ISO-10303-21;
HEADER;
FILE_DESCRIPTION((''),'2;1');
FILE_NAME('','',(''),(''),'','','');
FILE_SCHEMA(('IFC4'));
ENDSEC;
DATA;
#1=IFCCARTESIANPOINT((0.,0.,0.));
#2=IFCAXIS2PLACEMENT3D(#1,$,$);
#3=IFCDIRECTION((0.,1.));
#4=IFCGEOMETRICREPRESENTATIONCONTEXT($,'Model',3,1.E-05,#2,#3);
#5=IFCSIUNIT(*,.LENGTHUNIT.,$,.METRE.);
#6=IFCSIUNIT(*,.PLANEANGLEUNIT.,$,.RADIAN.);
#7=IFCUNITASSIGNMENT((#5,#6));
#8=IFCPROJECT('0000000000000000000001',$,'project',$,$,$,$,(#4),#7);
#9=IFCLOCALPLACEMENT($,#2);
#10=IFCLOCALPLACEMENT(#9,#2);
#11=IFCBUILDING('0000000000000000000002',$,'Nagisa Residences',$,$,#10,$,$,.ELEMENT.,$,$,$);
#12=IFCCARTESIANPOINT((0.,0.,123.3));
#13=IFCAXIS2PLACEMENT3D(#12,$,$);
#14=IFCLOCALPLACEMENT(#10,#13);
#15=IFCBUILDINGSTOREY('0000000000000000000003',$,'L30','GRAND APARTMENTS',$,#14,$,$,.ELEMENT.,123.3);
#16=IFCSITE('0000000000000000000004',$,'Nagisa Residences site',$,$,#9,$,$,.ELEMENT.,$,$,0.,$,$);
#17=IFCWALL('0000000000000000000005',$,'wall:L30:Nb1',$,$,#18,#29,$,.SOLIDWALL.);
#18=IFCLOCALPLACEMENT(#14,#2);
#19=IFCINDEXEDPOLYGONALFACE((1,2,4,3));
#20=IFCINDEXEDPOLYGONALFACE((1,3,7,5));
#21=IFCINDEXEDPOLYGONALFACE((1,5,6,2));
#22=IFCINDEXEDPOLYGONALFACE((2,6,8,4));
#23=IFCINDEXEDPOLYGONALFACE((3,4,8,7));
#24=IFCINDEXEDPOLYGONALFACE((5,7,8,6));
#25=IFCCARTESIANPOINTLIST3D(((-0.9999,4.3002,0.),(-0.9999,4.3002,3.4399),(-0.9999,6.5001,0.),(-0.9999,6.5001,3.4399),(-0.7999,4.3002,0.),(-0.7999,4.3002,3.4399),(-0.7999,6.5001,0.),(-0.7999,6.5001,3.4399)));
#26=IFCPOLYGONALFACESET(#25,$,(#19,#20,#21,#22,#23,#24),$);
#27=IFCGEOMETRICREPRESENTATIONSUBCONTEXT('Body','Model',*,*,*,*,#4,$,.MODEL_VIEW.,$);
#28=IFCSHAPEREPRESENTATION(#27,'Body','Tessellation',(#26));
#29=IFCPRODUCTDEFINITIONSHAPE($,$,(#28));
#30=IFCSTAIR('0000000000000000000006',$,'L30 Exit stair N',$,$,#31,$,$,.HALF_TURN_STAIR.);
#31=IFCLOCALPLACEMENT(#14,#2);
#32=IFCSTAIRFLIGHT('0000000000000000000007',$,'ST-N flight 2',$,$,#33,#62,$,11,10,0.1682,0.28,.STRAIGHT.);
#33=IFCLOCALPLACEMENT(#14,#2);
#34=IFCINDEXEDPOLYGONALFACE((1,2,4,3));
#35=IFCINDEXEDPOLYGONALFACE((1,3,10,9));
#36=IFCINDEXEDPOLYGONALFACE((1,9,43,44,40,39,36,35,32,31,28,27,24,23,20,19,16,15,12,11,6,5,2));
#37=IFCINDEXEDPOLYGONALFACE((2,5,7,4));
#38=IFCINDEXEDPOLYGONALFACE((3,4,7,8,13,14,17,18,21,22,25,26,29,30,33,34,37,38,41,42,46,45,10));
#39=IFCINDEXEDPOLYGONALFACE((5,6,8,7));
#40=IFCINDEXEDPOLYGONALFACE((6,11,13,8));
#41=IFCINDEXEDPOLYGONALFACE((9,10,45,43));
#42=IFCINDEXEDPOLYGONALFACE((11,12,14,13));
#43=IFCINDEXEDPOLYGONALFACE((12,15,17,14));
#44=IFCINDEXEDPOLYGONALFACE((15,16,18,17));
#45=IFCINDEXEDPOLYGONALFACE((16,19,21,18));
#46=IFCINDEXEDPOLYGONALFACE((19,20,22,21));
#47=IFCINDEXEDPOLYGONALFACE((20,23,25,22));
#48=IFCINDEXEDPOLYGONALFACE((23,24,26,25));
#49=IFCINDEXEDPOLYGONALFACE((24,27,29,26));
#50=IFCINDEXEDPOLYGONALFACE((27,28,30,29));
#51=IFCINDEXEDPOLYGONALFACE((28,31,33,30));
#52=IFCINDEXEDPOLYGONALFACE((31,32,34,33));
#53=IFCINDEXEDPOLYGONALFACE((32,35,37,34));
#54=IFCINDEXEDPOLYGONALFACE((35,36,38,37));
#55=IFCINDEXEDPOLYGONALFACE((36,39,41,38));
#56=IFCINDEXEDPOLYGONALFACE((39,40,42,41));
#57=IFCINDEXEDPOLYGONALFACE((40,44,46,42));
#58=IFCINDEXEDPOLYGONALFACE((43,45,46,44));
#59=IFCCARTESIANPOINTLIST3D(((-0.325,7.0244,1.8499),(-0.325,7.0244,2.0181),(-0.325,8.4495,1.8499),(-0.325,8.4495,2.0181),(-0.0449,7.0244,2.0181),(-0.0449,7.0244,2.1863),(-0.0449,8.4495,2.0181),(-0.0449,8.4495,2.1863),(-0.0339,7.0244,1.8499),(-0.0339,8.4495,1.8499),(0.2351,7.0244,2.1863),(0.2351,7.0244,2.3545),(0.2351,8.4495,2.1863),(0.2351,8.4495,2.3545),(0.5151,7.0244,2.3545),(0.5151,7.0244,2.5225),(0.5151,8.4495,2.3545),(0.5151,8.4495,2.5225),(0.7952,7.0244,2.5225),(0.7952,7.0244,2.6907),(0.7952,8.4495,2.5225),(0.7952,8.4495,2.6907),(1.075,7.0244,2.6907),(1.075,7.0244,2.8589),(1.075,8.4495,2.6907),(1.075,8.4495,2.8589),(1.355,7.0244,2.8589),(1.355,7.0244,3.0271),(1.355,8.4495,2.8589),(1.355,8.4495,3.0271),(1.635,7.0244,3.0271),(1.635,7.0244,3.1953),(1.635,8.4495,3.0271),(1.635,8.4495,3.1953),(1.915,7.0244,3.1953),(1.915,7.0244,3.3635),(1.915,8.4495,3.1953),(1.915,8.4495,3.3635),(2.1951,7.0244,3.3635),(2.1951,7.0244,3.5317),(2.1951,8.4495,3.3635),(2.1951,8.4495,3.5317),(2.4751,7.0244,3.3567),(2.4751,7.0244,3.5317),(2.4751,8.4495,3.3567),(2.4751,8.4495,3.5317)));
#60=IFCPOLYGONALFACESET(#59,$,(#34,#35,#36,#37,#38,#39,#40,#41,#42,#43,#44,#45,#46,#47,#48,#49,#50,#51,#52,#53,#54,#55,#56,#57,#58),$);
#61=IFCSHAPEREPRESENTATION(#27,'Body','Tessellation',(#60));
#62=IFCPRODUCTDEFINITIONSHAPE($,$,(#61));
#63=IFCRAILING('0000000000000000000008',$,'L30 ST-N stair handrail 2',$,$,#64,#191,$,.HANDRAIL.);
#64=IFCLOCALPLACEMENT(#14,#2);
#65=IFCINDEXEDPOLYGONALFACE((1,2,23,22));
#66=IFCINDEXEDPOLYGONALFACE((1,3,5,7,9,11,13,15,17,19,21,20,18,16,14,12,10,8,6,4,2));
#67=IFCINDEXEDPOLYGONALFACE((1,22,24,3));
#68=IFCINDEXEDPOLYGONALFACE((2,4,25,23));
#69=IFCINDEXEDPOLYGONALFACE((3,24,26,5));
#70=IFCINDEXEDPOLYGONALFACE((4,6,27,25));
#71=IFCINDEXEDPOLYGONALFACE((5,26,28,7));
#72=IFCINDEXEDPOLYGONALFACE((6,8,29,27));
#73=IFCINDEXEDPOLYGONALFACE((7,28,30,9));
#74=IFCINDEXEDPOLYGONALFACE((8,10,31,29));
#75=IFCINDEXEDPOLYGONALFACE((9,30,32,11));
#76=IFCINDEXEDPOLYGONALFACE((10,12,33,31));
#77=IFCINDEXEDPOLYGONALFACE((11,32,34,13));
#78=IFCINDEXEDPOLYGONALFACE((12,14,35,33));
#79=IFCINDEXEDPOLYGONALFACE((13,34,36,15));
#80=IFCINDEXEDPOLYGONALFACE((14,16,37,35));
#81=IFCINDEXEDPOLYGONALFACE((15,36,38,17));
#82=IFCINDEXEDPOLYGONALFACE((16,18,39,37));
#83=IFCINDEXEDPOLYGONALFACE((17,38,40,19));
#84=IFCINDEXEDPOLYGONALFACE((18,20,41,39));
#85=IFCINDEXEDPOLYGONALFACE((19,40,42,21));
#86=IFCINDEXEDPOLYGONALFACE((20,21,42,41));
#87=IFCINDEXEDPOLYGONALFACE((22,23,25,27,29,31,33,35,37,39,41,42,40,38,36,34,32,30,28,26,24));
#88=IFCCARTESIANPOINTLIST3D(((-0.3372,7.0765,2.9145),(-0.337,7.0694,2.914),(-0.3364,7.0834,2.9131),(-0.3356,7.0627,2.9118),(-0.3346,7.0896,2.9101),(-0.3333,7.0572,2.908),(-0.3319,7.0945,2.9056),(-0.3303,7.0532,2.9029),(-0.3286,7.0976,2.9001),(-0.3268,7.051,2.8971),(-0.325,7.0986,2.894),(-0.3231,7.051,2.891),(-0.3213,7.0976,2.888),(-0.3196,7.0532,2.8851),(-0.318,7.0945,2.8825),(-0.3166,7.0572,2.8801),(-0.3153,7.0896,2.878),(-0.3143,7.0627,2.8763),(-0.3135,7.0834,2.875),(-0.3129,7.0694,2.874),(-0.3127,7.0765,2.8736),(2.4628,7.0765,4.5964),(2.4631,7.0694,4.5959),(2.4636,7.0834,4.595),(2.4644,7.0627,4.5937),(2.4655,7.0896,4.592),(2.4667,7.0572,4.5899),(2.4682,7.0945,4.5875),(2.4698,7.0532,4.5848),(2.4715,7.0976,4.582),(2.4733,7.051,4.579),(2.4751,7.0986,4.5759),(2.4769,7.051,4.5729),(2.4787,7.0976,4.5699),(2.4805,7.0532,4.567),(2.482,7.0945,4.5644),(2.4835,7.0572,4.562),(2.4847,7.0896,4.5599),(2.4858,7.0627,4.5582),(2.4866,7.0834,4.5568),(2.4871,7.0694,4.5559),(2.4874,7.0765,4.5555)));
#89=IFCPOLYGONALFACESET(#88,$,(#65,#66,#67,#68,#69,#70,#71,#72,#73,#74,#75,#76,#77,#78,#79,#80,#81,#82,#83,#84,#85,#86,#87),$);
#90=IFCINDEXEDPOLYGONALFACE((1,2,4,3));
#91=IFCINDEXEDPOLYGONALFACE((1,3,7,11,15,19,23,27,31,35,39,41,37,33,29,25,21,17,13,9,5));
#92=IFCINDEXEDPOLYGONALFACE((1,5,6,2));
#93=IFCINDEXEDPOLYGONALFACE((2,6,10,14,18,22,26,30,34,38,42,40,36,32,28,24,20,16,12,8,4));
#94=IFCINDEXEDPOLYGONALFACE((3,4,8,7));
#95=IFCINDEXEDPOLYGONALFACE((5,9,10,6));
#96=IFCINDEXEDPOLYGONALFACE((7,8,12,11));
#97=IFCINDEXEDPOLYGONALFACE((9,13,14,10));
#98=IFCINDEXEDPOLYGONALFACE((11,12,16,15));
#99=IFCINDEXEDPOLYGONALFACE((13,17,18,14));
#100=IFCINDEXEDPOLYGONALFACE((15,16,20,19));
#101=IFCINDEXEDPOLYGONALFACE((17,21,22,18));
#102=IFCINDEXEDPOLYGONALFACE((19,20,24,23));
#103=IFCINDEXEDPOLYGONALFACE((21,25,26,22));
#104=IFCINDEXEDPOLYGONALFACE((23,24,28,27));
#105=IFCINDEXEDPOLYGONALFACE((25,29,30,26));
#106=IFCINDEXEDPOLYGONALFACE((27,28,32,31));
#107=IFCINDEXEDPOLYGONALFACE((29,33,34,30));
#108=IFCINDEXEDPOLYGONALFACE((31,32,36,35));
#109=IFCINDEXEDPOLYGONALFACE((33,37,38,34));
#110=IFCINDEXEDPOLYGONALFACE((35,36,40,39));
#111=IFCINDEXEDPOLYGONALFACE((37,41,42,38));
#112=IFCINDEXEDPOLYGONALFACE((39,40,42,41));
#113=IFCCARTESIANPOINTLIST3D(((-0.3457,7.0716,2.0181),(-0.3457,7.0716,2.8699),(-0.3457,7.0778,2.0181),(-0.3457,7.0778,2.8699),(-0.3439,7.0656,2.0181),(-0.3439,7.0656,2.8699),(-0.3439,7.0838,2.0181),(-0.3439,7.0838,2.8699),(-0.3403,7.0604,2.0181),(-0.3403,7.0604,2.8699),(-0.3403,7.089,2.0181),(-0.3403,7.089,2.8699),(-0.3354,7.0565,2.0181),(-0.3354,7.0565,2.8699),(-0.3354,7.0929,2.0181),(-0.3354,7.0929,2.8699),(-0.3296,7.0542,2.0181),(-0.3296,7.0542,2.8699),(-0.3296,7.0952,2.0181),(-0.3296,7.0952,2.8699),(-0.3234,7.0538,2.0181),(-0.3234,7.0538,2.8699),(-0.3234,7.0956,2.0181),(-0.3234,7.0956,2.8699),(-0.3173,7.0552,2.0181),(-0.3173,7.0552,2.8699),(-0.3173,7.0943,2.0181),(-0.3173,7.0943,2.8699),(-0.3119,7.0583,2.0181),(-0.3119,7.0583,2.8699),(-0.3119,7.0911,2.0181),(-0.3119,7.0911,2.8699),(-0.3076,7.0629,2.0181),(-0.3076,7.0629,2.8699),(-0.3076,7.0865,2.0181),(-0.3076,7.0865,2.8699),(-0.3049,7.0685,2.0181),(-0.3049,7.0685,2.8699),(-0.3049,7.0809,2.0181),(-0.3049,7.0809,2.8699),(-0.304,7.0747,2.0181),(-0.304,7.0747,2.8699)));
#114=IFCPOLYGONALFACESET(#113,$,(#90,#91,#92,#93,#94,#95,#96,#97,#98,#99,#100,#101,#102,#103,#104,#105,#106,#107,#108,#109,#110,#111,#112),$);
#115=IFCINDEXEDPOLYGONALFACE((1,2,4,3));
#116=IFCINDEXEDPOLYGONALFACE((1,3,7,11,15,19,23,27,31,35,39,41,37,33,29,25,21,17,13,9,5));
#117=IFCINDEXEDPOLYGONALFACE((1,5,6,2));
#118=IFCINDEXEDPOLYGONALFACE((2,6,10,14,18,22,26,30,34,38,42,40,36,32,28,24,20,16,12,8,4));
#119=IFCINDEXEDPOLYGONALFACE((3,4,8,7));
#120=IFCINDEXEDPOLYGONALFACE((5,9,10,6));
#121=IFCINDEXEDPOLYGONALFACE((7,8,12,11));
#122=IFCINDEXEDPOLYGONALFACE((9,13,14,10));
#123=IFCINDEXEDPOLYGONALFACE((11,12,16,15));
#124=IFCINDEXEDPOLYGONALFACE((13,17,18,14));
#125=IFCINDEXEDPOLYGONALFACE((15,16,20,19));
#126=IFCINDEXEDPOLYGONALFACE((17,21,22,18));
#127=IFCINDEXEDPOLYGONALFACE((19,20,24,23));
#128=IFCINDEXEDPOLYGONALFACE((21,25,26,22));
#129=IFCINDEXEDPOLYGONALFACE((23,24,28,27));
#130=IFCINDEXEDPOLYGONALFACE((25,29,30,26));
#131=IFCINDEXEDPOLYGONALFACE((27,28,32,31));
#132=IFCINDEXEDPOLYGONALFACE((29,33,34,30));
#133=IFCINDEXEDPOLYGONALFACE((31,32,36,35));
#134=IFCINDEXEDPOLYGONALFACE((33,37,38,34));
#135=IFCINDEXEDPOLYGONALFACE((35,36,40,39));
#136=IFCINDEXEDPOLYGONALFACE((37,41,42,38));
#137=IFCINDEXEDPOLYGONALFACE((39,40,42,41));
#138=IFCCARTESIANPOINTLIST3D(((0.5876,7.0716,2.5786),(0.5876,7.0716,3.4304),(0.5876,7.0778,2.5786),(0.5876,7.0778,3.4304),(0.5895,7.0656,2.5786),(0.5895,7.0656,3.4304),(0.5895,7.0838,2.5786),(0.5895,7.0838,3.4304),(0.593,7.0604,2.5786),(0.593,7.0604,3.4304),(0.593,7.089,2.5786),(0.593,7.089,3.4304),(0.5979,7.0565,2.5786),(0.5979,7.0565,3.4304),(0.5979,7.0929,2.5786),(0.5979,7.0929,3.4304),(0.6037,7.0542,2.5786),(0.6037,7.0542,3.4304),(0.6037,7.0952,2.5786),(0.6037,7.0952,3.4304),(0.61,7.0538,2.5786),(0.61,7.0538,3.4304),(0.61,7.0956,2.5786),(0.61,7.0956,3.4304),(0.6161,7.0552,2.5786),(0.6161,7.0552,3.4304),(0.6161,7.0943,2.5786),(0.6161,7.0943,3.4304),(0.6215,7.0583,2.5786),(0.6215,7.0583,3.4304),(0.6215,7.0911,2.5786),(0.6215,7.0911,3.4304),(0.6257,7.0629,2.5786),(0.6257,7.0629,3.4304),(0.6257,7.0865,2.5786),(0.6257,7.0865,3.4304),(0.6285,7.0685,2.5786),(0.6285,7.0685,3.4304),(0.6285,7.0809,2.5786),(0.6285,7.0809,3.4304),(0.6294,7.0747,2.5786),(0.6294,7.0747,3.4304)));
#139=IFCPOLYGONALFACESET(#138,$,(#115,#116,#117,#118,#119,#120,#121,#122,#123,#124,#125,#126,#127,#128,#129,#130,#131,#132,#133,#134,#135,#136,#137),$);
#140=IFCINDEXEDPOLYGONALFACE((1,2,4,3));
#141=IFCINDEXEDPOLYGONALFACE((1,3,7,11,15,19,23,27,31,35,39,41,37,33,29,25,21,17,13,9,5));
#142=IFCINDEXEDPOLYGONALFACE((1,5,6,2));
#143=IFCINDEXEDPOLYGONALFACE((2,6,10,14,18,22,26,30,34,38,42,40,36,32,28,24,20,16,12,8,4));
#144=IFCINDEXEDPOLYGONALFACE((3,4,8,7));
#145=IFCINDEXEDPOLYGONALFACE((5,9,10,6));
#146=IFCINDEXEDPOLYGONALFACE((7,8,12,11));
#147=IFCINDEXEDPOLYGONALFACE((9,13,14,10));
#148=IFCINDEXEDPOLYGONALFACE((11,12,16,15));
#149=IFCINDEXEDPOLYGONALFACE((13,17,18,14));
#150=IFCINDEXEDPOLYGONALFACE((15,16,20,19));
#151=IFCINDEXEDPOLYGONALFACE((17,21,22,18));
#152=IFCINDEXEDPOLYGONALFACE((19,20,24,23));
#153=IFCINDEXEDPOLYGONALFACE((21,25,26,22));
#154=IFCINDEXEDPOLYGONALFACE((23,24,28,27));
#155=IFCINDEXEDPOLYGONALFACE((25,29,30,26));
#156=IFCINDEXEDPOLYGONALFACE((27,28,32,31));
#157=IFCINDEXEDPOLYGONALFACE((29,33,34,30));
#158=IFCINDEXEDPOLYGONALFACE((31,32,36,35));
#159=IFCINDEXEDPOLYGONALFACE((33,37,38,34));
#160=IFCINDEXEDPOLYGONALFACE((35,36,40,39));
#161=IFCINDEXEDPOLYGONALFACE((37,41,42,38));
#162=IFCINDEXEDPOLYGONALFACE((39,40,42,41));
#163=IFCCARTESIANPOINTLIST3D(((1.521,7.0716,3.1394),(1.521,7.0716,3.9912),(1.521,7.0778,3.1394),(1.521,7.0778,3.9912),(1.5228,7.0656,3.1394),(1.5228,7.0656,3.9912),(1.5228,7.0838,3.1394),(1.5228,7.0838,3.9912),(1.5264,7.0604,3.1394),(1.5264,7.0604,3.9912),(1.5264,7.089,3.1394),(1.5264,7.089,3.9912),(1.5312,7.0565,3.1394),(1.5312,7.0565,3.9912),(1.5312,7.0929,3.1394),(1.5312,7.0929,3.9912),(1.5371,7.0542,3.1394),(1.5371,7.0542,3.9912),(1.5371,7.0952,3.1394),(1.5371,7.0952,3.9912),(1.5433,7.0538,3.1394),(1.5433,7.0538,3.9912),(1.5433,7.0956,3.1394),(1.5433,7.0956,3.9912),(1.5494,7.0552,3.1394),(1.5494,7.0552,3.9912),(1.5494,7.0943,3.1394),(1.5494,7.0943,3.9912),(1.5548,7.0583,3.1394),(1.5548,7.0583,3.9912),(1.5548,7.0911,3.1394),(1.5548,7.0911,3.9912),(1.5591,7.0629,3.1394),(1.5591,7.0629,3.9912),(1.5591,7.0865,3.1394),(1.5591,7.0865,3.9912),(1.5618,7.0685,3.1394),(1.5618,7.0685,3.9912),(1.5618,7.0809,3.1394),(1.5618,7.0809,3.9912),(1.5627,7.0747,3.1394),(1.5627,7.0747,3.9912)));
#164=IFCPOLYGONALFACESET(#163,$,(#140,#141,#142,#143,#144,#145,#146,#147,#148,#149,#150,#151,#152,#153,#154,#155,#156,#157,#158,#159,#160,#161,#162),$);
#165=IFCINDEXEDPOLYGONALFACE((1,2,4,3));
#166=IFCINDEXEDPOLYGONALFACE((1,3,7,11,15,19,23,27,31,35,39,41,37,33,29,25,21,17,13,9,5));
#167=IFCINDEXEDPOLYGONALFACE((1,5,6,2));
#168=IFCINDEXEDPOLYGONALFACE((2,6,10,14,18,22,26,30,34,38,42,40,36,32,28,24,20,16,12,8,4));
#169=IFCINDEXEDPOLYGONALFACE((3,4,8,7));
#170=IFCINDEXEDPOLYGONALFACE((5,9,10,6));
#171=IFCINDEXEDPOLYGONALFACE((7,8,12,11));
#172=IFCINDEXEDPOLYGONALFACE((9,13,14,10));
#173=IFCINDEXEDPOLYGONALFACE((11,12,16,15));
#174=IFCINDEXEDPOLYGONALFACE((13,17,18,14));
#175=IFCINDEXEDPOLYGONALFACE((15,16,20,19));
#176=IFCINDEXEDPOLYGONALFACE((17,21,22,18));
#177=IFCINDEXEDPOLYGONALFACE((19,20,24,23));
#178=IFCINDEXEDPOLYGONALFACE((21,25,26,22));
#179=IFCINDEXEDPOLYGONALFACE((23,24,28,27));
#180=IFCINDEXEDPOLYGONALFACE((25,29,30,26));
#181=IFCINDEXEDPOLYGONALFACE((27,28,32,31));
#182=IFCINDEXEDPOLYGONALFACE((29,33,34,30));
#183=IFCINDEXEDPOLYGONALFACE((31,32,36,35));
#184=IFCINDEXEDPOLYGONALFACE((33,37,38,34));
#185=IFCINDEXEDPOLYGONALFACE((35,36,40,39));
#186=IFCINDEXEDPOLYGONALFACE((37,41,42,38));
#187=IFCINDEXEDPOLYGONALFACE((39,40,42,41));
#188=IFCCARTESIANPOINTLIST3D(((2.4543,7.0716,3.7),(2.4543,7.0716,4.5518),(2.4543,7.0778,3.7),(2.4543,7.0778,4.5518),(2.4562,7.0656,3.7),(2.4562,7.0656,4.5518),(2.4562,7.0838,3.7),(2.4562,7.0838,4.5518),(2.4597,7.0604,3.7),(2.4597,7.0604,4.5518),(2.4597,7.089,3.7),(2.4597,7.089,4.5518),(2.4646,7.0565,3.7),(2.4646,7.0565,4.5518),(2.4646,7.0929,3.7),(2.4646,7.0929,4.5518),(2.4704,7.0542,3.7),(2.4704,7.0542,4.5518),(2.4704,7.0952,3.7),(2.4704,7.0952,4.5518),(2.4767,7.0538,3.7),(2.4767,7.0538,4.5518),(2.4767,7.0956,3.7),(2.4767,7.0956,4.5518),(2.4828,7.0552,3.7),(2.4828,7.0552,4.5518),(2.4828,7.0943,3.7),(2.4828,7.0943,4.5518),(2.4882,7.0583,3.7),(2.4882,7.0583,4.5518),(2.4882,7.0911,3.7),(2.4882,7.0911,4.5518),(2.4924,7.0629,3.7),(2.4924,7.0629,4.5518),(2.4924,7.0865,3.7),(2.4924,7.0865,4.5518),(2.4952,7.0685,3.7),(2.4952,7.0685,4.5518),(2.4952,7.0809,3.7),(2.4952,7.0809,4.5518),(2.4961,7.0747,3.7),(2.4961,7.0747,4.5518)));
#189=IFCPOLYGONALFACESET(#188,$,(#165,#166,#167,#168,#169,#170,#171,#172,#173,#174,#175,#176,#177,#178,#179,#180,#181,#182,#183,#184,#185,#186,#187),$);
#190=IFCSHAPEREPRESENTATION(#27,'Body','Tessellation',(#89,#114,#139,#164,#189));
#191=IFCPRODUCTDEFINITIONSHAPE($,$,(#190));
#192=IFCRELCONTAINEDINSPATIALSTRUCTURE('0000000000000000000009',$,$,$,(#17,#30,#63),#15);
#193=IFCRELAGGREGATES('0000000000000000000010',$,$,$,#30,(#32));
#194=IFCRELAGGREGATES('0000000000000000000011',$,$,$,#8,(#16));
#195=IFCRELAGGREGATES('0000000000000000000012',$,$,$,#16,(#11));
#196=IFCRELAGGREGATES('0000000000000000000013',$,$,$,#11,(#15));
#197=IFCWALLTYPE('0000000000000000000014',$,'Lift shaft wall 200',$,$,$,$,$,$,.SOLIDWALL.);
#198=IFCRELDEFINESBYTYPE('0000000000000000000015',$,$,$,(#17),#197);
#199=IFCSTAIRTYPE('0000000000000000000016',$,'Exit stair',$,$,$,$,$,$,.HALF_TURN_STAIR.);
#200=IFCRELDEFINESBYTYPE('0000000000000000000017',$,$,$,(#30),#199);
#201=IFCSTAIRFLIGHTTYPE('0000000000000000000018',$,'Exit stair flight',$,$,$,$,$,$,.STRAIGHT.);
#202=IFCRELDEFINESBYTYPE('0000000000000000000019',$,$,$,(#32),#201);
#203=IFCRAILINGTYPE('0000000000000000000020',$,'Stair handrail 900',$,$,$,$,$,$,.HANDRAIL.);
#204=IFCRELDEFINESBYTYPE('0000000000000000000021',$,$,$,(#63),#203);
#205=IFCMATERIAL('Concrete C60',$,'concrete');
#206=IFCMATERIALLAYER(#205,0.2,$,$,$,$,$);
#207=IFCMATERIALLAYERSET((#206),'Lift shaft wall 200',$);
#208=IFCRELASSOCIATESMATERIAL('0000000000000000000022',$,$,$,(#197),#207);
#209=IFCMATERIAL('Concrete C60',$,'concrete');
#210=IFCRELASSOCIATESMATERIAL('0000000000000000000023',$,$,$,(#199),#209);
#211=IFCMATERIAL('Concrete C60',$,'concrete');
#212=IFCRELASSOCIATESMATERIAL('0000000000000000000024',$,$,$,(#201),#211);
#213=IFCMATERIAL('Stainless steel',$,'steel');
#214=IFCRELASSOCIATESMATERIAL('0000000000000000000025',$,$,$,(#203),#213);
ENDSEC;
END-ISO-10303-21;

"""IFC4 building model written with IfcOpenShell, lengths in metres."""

from ifc_helpers import new_model, si_unit, direction, frame, frame_2d, origin, origin_2d, place, context, subcontext, project, spatial, polyline, rectangle, circle, outline, extrude, material, layer, layer_set, type_object, element, aggregate, save


model = new_model("IFC4")

# Units and contexts
model_context = context("Model", 3, precision=1e-05, world=origin(), true_north=direction((0.0, 1.0)))
body_context = subcontext(model_context, "Body", "Model", "MODEL_VIEW")
ifc_project = project(units=[si_unit("LENGTHUNIT", "METRE"), si_unit("PLANEANGLEUNIT", "RADIAN")], contexts=[model_context])

# Site, building, storey
site_placement = place(None, origin())
site = spatial("IfcSite", under=ifc_project, at=site_placement, Name="Nagisa Residences site", CompositionType="ELEMENT", RefElevation=0.0)
building_placement = place(site_placement, origin())
building = spatial("IfcBuilding", under=site, at=building_placement, Name="Nagisa Residences", CompositionType="ELEMENT")
storey_placement = place(building_placement, frame((0.0, 0.0, 123.3)))
storey = spatial("IfcBuildingStorey", under=building, at=storey_placement, Name="L30", Description="GRAND APARTMENTS", CompositionType="ELEMENT", Elevation=123.3)

# Shared definitions
ifc_material_1 = material(Name="Concrete C60", Category="concrete")
ifc_layer_1 = layer(ifc_material_1, 0.2)
ifc_layer_set_1 = layer_set([ifc_layer_1], Name="Lift shaft wall 200")
wall_type_1 = type_object("IfcWallType", Name="Lift shaft wall 200", PredefinedType="SOLIDWALL", material=ifc_layer_set_1)

# Wall
wall_1_placement = place(storey_placement, frame((-0.8999, 4.3, 0.0), z_axis=(0.0, 0.0, 1.0), x_axis=(0.0, 1.0, 0.0)))
element("IfcWall", 1, at=wall_1_placement, inside=storey, type_object=wall_type_1, Name="wall:L30:Nb1", PredefinedType="SOLIDWALL", context=body_context, shape_type="SweptSolid", body=[
    extrude(rectangle(XDim=2.2, YDim=0.2, at=frame_2d((1.1001, 0.0))), origin(), (0.0, 0.0, 1.0), 3.4399),
])

# Stair, stair flight
ifc_material_2 = material(Name="Concrete C60", Category="concrete")
stair_type = type_object("IfcStairType", Name="Exit stair", PredefinedType="HALF_TURN_STAIR", material=ifc_material_2)
stair_placement = place(storey_placement, origin())
stair = element("IfcStair", 2, at=stair_placement, inside=storey, type_object=stair_type, Name="L30 Exit stair N", PredefinedType="HALF_TURN_STAIR")
ifc_material_3 = material(Name="Concrete C60", Category="concrete")
stair_flight_type = type_object("IfcStairFlightType", Name="Exit stair flight", PredefinedType="STRAIGHT", material=ifc_material_3)
stair_flight_placement = place(storey_placement, frame((-0.325, 7.7371, 1.8499), z_axis=(0.0, 0.0, 1.0), x_axis=(1.0, 0.0, 0.0)))
stair_flight = element("IfcStairFlight", 3, at=stair_flight_placement, type_object=stair_flight_type, Name="ST-N flight 2", NumberOfRisers=11, NumberOfTreads=10, PredefinedType="STRAIGHT", RiserHeight=0.1682, TreadLength=0.28, context=body_context, shape_type="SweptSolid", body=[
    extrude(outline(polyline([(0.0, 0.0), (0.0, 0.1682), (0.28, 0.1682), (0.28, 0.3364), (0.5601, 0.3364), (0.5601, 0.5046), (0.8401, 0.5046), (0.8401, 0.6726), (1.1201, 0.6726), (1.1201, 0.8408), (1.3999, 0.8408), (1.3999, 1.009), (1.6799, 1.009), (1.6799, 1.1772), (1.96, 1.1772), (1.96, 1.3455), (2.24, 1.3455), (2.24, 1.5137), (2.52, 1.5137), (2.52, 1.6819), (2.8, 1.6819), (2.8, 1.8501), (2.8, 1.5068), (0.291, 0.0), (0.0, 0.0)])), frame((0.0, 0.7124, 0.0), z_axis=(0.0, -1.0, 0.0), x_axis=(1.0, 0.0, 0.0)), (0.0, 0.0, 1.0), 1.425),
])
aggregate(stair, [stair_flight])

# Railing
ifc_material_4 = material(Name="Stainless steel", Category="steel")
railing_type = type_object("IfcRailingType", Name="Stair handrail 900", PredefinedType="HANDRAIL", material=ifc_material_4)
railing_placement = place(storey_placement, frame((-0.325, 7.0747, 2.0181)))
element("IfcRailing", 4, at=railing_placement, inside=storey, type_object=railing_type, Name="L30 ST-N stair handrail 2", PredefinedType="HANDRAIL", context=body_context, shape_type="SweptSolid", body=[
    extrude(circle(Radius=0.0239, at=origin_2d()), frame((0.0, 0.0, 0.876), z_axis=(0.857242, 0.0, 0.514913), x_axis=(0.0, 1.0, 0.0)), (0.0, 0.0, 1.0), 3.2664),
    extrude(circle(Radius=0.021, at=origin_2d()), origin(), (0.0, 0.0, 1.0), 0.8518),
    extrude(circle(Radius=0.021, at=origin_2d()), frame((0.9333, 0.0, 0.5605)), (0.0, 0.0, 1.0), 0.8518),
    extrude(circle(Radius=0.021, at=origin_2d()), frame((1.8667, 0.0, 1.1213)), (0.0, 0.0, 1.0), 0.8518),
    extrude(circle(Radius=0.021, at=origin_2d()), frame((2.8, 0.0, 1.6819)), (0.0, 0.0, 1.0), 0.8518),
])

save(model, "model.ifc")
